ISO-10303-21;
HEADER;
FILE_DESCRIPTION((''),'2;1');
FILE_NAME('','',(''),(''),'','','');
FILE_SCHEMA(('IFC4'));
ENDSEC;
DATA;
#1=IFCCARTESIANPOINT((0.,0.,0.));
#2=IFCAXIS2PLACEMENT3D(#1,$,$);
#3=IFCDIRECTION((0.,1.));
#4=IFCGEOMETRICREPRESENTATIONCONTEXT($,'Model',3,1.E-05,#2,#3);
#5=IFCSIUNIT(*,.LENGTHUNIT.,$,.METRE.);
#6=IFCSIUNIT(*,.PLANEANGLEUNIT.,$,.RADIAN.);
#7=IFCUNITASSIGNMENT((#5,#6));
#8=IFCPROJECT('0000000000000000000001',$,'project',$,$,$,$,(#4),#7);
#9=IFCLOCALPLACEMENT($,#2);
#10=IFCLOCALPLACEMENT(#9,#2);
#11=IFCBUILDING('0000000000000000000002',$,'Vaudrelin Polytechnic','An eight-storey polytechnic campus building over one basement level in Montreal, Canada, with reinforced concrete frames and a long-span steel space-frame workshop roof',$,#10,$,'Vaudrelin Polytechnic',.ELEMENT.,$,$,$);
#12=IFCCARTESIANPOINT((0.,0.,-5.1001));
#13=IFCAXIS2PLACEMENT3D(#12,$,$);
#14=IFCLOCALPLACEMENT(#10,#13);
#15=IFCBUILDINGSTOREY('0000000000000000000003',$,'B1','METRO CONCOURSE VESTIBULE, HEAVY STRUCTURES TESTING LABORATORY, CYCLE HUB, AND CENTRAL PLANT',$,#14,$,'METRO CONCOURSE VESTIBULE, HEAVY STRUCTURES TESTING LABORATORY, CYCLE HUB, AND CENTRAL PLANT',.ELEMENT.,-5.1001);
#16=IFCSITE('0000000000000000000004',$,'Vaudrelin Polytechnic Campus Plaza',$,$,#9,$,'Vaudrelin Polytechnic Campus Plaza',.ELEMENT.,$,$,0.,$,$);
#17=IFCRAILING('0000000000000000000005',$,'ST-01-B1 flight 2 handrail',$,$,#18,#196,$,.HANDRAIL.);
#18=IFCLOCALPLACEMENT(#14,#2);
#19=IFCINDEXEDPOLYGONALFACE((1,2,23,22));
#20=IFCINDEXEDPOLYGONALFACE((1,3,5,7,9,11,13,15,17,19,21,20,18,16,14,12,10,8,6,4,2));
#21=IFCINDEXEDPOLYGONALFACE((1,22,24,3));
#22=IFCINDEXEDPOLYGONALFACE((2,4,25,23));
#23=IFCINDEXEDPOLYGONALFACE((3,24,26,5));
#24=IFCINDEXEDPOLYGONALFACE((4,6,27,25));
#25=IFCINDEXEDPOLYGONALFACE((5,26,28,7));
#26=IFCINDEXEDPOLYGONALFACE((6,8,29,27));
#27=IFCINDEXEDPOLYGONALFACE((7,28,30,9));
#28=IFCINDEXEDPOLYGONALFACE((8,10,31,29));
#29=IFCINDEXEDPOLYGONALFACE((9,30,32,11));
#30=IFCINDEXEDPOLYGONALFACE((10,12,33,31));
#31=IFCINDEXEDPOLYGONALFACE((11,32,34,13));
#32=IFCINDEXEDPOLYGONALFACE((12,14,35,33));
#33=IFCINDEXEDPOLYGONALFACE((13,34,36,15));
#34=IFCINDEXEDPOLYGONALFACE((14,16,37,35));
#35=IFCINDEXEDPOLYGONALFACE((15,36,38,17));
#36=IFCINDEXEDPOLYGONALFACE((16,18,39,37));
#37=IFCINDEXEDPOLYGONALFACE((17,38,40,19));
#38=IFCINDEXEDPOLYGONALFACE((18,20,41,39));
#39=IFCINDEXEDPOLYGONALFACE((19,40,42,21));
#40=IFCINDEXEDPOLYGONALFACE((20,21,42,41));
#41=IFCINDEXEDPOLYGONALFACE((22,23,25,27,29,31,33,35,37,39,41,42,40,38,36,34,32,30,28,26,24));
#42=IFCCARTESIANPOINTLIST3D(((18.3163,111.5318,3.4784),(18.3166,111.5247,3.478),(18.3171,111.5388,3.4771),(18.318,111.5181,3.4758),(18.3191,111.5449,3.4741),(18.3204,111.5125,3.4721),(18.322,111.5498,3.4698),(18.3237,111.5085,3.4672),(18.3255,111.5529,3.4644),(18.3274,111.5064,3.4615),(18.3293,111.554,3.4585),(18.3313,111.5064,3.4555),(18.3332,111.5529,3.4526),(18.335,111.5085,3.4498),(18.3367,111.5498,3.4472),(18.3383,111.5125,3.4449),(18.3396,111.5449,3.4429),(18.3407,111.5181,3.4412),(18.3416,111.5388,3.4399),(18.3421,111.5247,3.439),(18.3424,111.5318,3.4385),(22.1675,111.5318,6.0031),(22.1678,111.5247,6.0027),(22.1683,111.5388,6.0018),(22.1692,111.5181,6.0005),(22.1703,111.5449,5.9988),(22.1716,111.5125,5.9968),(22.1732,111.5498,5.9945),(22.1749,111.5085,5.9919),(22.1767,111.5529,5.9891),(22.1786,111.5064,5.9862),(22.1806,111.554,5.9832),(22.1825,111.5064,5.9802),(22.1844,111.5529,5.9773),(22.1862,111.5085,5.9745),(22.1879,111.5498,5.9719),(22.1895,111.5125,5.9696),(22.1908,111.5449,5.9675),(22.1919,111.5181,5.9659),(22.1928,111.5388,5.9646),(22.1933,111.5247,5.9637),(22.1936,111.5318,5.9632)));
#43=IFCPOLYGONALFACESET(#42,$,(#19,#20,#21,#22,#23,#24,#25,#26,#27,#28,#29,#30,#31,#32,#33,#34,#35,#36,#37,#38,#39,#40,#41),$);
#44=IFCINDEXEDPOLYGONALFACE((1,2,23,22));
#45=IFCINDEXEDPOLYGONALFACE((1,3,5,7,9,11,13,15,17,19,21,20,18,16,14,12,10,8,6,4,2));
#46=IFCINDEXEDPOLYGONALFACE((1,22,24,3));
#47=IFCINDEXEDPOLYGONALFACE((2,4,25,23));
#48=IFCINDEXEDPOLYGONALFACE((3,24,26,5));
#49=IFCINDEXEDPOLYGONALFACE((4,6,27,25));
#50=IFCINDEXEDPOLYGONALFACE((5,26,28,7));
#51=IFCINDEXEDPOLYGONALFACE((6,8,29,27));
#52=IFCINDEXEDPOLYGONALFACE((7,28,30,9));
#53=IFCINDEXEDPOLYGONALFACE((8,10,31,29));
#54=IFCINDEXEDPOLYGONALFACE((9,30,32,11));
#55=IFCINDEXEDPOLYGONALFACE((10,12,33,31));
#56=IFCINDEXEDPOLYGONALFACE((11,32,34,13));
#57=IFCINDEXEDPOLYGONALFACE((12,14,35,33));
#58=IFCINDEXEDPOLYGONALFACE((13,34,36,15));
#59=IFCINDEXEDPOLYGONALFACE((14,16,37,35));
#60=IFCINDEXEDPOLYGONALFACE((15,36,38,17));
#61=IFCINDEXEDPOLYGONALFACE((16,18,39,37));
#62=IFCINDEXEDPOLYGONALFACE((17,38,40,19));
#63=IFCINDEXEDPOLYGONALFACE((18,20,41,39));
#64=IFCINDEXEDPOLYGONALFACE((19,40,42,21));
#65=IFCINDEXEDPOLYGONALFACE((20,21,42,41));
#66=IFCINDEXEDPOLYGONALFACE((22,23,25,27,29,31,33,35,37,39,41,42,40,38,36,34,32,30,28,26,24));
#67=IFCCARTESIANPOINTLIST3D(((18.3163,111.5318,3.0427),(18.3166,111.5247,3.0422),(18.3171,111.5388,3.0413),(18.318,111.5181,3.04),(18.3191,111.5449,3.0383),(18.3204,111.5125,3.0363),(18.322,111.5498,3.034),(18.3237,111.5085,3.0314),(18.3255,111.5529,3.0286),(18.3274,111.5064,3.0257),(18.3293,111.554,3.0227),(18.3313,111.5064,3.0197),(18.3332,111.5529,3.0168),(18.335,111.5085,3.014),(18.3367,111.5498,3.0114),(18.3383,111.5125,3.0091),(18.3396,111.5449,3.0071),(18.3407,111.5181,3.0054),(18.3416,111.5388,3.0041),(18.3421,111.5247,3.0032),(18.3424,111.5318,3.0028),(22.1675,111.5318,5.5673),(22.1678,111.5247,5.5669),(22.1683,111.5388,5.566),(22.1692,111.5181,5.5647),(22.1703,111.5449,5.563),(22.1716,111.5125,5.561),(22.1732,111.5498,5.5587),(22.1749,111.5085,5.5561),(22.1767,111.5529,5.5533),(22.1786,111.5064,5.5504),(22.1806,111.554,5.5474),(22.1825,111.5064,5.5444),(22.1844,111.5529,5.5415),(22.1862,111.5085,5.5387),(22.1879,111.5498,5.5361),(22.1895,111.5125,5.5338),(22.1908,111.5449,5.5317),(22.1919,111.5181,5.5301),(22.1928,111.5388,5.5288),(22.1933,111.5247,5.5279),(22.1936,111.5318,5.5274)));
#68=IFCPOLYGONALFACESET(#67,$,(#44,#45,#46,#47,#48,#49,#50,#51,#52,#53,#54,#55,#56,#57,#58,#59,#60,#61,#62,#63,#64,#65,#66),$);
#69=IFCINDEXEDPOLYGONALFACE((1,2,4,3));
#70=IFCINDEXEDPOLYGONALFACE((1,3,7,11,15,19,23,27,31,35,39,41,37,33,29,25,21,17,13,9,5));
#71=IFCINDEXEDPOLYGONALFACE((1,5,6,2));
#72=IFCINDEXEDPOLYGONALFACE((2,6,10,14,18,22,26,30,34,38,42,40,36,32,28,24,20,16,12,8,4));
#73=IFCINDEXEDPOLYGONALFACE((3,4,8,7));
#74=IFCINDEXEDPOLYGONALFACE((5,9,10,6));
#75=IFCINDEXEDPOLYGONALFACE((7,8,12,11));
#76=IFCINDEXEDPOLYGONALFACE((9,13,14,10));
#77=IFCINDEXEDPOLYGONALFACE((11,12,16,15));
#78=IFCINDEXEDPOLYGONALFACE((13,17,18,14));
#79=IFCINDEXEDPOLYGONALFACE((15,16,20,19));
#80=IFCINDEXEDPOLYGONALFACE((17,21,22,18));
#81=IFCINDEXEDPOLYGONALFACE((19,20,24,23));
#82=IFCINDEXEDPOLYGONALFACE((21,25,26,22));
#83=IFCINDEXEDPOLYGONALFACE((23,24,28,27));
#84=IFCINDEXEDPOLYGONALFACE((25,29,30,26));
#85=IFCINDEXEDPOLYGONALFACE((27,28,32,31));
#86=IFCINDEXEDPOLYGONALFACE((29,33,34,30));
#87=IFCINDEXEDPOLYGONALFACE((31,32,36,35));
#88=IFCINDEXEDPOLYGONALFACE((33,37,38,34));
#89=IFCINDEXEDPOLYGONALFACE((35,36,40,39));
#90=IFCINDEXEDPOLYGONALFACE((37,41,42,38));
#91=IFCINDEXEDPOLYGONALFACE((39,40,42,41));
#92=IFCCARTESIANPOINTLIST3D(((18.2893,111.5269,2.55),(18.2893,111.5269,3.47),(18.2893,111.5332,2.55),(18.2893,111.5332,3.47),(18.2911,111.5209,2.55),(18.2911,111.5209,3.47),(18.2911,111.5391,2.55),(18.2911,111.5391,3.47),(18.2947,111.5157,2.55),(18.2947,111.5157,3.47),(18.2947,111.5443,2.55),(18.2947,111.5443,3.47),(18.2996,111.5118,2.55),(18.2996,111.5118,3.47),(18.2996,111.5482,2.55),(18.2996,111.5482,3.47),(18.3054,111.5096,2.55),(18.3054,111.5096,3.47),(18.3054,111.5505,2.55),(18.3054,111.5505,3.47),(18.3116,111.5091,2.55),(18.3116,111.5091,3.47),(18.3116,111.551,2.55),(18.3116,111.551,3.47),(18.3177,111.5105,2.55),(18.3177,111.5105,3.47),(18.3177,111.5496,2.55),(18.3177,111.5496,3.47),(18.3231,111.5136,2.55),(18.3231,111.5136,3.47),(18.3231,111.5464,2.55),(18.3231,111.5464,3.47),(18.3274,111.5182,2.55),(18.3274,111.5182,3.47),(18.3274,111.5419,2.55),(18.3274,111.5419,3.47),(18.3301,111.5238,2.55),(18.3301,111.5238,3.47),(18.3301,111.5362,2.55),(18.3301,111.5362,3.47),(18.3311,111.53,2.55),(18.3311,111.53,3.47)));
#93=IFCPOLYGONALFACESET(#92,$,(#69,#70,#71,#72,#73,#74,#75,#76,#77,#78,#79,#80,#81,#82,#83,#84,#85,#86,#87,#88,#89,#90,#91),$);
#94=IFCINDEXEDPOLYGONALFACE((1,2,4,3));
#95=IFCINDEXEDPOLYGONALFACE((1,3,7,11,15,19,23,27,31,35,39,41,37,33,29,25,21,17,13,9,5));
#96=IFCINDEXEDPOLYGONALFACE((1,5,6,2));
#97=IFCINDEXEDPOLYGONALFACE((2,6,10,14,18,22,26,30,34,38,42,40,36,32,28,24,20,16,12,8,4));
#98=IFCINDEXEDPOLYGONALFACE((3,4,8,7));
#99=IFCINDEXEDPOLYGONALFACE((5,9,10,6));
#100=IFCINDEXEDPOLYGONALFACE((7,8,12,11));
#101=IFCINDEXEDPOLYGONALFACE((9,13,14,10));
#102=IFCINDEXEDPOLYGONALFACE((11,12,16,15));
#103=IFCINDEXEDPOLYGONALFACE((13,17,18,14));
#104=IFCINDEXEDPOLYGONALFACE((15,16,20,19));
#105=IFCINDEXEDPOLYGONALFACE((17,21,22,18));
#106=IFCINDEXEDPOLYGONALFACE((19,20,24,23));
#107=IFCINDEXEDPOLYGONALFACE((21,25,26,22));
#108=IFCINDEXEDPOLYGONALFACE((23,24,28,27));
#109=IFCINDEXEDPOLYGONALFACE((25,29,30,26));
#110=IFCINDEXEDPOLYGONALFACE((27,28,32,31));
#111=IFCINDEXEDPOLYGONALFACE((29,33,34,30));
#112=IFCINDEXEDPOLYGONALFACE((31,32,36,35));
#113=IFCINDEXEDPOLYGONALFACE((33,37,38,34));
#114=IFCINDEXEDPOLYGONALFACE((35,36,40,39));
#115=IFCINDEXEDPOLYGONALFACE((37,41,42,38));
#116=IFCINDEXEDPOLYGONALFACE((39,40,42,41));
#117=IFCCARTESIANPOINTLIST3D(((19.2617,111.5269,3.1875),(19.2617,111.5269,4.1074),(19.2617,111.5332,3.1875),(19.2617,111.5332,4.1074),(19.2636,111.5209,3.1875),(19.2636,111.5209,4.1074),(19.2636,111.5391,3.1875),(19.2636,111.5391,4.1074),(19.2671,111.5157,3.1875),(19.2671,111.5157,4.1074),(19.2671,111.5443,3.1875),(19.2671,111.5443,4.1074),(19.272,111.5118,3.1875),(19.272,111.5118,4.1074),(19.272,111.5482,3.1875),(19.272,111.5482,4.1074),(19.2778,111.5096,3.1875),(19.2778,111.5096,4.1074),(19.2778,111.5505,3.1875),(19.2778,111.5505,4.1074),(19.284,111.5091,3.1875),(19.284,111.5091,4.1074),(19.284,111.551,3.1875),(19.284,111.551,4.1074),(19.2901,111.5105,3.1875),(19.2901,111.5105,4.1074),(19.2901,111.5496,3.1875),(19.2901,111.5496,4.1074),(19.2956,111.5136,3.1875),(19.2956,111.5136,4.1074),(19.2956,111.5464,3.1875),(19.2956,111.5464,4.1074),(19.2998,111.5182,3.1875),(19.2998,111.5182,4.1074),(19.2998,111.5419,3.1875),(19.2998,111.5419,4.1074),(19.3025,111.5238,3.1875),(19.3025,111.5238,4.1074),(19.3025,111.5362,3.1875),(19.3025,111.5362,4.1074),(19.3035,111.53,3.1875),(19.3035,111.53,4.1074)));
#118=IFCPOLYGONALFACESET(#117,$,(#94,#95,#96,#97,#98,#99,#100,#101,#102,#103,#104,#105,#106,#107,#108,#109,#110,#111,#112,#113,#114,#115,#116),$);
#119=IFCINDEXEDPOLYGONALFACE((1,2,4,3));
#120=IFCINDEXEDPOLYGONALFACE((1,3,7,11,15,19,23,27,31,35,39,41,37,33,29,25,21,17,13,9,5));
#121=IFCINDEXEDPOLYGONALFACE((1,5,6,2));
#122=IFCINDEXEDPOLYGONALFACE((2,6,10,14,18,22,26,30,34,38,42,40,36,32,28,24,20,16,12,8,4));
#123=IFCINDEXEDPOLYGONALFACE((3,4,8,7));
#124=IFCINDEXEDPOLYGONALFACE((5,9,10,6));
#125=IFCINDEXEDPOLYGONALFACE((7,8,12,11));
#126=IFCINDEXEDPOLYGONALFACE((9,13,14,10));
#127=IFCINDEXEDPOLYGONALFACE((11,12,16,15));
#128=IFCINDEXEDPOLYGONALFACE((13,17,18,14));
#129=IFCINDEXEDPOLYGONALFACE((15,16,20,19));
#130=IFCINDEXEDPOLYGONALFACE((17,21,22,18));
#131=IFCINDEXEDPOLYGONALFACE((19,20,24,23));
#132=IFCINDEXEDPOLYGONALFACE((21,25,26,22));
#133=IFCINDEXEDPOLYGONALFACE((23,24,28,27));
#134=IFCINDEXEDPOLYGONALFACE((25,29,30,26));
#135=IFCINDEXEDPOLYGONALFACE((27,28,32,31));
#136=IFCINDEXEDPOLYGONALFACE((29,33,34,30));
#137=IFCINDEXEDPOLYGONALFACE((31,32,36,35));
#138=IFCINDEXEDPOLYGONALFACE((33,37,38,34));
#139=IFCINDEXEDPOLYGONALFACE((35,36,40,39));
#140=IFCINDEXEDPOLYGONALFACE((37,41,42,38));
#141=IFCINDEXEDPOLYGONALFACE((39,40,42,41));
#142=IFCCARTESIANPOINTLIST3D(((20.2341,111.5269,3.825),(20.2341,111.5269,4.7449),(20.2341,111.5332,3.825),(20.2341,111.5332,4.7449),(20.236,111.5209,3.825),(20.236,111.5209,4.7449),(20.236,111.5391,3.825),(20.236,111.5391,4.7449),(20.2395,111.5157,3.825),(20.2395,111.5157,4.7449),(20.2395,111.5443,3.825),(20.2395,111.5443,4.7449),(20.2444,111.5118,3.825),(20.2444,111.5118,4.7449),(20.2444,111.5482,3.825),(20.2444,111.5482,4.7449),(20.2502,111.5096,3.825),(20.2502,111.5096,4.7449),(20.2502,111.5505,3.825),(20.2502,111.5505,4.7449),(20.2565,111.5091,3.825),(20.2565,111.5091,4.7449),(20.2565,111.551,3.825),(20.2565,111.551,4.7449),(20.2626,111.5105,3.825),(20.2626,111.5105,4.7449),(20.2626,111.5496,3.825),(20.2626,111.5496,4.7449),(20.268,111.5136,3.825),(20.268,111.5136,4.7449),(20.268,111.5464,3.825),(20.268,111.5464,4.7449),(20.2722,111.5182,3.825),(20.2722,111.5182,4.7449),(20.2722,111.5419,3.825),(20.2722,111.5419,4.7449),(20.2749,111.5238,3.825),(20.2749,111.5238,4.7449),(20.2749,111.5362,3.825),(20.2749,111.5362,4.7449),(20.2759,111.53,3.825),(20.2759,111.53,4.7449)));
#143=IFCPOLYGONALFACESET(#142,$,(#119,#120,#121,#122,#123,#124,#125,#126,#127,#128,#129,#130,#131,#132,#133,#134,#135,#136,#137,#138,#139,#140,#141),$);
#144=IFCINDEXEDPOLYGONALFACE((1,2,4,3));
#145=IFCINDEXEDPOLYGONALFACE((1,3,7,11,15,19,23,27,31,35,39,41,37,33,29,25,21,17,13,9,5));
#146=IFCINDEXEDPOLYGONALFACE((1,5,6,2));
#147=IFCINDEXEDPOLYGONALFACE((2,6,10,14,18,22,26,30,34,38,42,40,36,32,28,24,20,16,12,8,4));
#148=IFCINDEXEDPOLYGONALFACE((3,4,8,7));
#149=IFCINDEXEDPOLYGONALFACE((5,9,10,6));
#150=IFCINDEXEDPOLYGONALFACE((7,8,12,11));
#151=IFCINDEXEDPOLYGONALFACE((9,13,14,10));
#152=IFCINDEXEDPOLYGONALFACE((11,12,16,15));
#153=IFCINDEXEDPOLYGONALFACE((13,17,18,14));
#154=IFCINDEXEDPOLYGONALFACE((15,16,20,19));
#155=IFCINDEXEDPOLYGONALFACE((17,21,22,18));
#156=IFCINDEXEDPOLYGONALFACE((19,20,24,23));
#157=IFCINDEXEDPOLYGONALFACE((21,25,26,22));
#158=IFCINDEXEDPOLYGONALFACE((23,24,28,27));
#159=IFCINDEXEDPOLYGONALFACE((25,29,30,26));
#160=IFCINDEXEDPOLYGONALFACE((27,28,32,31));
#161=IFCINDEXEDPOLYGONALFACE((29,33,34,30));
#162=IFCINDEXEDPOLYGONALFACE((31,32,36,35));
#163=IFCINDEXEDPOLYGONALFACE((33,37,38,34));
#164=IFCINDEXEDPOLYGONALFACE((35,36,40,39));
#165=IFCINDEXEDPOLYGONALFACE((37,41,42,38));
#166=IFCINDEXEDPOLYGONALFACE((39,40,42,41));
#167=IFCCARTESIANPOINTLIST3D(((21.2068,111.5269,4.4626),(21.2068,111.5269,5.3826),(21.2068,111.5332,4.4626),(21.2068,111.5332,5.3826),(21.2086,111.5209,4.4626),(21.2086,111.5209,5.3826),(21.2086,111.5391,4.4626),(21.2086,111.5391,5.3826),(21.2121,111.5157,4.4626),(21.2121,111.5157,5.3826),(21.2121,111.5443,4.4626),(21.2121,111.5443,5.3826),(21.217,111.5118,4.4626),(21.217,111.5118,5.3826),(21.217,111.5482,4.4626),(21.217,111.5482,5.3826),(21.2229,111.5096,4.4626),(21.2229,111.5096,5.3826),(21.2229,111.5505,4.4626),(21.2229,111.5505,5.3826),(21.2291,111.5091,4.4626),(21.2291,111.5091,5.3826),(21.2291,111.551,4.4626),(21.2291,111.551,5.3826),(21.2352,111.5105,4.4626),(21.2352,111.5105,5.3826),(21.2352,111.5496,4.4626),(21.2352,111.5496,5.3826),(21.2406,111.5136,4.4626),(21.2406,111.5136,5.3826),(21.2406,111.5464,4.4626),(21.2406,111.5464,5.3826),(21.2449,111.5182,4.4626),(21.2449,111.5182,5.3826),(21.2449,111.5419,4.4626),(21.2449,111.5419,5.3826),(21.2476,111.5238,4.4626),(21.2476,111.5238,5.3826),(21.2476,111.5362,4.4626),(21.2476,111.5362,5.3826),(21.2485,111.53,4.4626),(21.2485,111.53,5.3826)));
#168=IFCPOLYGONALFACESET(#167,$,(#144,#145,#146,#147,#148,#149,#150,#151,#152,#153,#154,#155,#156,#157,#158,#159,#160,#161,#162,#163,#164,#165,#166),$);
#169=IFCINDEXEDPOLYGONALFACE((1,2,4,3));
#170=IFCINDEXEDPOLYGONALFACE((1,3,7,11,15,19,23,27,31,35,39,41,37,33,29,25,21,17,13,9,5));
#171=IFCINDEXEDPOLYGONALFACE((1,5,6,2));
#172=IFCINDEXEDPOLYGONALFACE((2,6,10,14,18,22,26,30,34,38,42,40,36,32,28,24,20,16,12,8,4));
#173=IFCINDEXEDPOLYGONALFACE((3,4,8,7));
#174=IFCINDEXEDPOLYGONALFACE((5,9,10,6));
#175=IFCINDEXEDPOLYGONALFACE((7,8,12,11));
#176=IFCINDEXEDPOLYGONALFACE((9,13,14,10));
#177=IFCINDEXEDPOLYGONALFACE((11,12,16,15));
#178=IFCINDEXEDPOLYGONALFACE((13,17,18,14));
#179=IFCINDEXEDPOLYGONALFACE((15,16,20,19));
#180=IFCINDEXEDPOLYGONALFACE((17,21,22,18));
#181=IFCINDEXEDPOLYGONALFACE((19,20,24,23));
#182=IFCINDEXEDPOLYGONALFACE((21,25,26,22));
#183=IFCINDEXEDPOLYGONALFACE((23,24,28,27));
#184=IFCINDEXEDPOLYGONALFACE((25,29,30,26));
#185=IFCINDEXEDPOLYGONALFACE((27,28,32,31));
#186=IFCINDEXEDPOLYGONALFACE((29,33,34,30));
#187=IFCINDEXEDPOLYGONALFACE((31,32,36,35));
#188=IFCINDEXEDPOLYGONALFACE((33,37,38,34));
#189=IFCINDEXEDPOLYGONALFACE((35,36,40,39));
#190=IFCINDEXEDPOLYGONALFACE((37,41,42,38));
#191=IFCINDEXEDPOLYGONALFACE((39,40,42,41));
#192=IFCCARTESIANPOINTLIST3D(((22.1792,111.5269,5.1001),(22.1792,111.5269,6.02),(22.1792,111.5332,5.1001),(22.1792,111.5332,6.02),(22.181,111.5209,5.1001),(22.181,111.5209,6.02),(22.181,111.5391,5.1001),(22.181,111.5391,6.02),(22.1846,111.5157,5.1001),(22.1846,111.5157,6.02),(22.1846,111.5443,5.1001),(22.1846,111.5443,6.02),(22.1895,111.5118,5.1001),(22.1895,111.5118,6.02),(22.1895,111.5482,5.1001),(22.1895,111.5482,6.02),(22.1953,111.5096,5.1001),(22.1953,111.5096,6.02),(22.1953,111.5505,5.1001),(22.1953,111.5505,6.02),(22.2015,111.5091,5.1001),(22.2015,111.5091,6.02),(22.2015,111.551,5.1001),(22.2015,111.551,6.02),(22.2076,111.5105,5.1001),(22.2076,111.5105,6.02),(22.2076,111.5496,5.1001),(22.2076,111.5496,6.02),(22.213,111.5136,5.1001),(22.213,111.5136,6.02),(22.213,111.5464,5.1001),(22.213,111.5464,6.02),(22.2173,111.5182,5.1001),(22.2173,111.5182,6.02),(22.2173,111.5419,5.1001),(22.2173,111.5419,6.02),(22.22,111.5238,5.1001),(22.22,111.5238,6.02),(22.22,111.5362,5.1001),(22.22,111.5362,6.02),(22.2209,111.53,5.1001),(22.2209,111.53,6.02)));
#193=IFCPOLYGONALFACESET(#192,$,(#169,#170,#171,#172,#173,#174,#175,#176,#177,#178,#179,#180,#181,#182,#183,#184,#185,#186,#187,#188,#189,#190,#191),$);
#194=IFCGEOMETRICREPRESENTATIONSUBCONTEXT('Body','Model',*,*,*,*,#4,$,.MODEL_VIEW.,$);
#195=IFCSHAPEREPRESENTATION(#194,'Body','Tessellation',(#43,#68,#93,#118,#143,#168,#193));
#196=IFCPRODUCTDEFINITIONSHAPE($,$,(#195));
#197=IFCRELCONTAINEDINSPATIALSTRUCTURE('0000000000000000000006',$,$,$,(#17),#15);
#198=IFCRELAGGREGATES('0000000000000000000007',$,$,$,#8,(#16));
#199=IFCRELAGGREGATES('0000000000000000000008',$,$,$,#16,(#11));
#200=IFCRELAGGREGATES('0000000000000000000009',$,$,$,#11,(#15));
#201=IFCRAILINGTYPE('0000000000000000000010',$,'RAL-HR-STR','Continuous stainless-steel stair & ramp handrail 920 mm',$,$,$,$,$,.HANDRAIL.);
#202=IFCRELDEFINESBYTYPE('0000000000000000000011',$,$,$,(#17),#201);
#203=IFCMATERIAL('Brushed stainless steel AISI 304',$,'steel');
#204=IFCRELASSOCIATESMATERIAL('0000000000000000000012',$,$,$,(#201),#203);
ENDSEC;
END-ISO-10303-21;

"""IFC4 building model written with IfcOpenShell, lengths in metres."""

from ifc_helpers import new_model, si_unit, direction, frame, origin, origin_2d, place, context, subcontext, project, spatial, circle, extrude, material, type_object, element, save


model = new_model("IFC4")

# Units and contexts
model_context = context("Model", 3, precision=1e-05, world=origin(), true_north=direction((0.0, 1.0)))
body_context = subcontext(model_context, "Body", "Model", "MODEL_VIEW")
ifc_project = project(units=[si_unit("LENGTHUNIT", "METRE"), si_unit("PLANEANGLEUNIT", "RADIAN")], contexts=[model_context])

# Site, building, storey
site_placement = place(None, origin())
site = spatial("IfcSite", under=ifc_project, at=site_placement, Name="Vaudrelin Polytechnic Campus Plaza", LongName="Vaudrelin Polytechnic Campus Plaza", CompositionType="ELEMENT", RefElevation=0.0)
building_placement = place(site_placement, origin())
building = spatial("IfcBuilding", under=site, at=building_placement, Name="Vaudrelin Polytechnic", Description="An eight-storey polytechnic campus building over one basement level in Montreal, Canada, with reinforced concrete frames and a long-span steel space-frame workshop roof", LongName="Vaudrelin Polytechnic", CompositionType="ELEMENT")
storey_placement = place(building_placement, frame((0.0, 0.0, -5.1001)))
storey = spatial("IfcBuildingStorey", under=building, at=storey_placement, Name="B1", Description="METRO CONCOURSE VESTIBULE, HEAVY STRUCTURES TESTING LABORATORY, CYCLE HUB, AND CENTRAL PLANT", LongName="METRO CONCOURSE VESTIBULE, HEAVY STRUCTURES TESTING LABORATORY, CYCLE HUB, AND CENTRAL PLANT", CompositionType="ELEMENT", Elevation=-5.1001)

# Railing
ifc_material_1 = material(Name="Brushed stainless steel AISI 304", Category="steel")
railing_type_1 = type_object("IfcRailingType", Name="RAL-HR-STR", Description="Continuous stainless-steel stair & ramp handrail 920 mm", PredefinedType="HANDRAIL", material=ifc_material_1)
railing_1_placement = place(storey_placement, frame((18.3101, 111.53, 2.55)))
element("IfcRailing", 1, at=railing_1_placement, inside=storey, type_object=railing_type_1, Name="ST-01-B1 flight 2 handrail", PredefinedType="HANDRAIL", context=body_context, shape_type="SweptSolid", body=[
    extrude(circle(Radius=0.0239, at=origin_2d()), frame((0.0193, 0.0, 0.9084), z_axis=(0.836313, 0.0, 0.548252), x_axis=(0.0, 1.0, 0.0)), (0.0, 0.0, 1.0), 4.605),
    extrude(circle(Radius=0.0239, at=origin_2d()), frame((0.0193, 0.0, 0.4727), z_axis=(0.836313, 0.0, 0.548252), x_axis=(0.0, 1.0, 0.0)), (0.0, 0.0, 1.0), 4.605),
    extrude(circle(Radius=0.021, at=origin_2d()), origin(), (0.0, 0.0, 1.0), 0.9199),
    extrude(circle(Radius=0.021, at=origin_2d()), frame((0.9724, 0.0, 0.6375)), (0.0, 0.0, 1.0), 0.9199),
    extrude(circle(Radius=0.021, at=origin_2d()), frame((1.9448, 0.0, 1.2749)), (0.0, 0.0, 1.0), 0.9199),
    extrude(circle(Radius=0.021, at=origin_2d()), frame((2.9175, 0.0, 1.9126)), (0.0, 0.0, 1.0), 0.9199),
    extrude(circle(Radius=0.021, at=origin_2d()), frame((3.8899, 0.0, 2.55)), (0.0, 0.0, 1.0), 0.9199),
])

save(model, "model.ifc")
